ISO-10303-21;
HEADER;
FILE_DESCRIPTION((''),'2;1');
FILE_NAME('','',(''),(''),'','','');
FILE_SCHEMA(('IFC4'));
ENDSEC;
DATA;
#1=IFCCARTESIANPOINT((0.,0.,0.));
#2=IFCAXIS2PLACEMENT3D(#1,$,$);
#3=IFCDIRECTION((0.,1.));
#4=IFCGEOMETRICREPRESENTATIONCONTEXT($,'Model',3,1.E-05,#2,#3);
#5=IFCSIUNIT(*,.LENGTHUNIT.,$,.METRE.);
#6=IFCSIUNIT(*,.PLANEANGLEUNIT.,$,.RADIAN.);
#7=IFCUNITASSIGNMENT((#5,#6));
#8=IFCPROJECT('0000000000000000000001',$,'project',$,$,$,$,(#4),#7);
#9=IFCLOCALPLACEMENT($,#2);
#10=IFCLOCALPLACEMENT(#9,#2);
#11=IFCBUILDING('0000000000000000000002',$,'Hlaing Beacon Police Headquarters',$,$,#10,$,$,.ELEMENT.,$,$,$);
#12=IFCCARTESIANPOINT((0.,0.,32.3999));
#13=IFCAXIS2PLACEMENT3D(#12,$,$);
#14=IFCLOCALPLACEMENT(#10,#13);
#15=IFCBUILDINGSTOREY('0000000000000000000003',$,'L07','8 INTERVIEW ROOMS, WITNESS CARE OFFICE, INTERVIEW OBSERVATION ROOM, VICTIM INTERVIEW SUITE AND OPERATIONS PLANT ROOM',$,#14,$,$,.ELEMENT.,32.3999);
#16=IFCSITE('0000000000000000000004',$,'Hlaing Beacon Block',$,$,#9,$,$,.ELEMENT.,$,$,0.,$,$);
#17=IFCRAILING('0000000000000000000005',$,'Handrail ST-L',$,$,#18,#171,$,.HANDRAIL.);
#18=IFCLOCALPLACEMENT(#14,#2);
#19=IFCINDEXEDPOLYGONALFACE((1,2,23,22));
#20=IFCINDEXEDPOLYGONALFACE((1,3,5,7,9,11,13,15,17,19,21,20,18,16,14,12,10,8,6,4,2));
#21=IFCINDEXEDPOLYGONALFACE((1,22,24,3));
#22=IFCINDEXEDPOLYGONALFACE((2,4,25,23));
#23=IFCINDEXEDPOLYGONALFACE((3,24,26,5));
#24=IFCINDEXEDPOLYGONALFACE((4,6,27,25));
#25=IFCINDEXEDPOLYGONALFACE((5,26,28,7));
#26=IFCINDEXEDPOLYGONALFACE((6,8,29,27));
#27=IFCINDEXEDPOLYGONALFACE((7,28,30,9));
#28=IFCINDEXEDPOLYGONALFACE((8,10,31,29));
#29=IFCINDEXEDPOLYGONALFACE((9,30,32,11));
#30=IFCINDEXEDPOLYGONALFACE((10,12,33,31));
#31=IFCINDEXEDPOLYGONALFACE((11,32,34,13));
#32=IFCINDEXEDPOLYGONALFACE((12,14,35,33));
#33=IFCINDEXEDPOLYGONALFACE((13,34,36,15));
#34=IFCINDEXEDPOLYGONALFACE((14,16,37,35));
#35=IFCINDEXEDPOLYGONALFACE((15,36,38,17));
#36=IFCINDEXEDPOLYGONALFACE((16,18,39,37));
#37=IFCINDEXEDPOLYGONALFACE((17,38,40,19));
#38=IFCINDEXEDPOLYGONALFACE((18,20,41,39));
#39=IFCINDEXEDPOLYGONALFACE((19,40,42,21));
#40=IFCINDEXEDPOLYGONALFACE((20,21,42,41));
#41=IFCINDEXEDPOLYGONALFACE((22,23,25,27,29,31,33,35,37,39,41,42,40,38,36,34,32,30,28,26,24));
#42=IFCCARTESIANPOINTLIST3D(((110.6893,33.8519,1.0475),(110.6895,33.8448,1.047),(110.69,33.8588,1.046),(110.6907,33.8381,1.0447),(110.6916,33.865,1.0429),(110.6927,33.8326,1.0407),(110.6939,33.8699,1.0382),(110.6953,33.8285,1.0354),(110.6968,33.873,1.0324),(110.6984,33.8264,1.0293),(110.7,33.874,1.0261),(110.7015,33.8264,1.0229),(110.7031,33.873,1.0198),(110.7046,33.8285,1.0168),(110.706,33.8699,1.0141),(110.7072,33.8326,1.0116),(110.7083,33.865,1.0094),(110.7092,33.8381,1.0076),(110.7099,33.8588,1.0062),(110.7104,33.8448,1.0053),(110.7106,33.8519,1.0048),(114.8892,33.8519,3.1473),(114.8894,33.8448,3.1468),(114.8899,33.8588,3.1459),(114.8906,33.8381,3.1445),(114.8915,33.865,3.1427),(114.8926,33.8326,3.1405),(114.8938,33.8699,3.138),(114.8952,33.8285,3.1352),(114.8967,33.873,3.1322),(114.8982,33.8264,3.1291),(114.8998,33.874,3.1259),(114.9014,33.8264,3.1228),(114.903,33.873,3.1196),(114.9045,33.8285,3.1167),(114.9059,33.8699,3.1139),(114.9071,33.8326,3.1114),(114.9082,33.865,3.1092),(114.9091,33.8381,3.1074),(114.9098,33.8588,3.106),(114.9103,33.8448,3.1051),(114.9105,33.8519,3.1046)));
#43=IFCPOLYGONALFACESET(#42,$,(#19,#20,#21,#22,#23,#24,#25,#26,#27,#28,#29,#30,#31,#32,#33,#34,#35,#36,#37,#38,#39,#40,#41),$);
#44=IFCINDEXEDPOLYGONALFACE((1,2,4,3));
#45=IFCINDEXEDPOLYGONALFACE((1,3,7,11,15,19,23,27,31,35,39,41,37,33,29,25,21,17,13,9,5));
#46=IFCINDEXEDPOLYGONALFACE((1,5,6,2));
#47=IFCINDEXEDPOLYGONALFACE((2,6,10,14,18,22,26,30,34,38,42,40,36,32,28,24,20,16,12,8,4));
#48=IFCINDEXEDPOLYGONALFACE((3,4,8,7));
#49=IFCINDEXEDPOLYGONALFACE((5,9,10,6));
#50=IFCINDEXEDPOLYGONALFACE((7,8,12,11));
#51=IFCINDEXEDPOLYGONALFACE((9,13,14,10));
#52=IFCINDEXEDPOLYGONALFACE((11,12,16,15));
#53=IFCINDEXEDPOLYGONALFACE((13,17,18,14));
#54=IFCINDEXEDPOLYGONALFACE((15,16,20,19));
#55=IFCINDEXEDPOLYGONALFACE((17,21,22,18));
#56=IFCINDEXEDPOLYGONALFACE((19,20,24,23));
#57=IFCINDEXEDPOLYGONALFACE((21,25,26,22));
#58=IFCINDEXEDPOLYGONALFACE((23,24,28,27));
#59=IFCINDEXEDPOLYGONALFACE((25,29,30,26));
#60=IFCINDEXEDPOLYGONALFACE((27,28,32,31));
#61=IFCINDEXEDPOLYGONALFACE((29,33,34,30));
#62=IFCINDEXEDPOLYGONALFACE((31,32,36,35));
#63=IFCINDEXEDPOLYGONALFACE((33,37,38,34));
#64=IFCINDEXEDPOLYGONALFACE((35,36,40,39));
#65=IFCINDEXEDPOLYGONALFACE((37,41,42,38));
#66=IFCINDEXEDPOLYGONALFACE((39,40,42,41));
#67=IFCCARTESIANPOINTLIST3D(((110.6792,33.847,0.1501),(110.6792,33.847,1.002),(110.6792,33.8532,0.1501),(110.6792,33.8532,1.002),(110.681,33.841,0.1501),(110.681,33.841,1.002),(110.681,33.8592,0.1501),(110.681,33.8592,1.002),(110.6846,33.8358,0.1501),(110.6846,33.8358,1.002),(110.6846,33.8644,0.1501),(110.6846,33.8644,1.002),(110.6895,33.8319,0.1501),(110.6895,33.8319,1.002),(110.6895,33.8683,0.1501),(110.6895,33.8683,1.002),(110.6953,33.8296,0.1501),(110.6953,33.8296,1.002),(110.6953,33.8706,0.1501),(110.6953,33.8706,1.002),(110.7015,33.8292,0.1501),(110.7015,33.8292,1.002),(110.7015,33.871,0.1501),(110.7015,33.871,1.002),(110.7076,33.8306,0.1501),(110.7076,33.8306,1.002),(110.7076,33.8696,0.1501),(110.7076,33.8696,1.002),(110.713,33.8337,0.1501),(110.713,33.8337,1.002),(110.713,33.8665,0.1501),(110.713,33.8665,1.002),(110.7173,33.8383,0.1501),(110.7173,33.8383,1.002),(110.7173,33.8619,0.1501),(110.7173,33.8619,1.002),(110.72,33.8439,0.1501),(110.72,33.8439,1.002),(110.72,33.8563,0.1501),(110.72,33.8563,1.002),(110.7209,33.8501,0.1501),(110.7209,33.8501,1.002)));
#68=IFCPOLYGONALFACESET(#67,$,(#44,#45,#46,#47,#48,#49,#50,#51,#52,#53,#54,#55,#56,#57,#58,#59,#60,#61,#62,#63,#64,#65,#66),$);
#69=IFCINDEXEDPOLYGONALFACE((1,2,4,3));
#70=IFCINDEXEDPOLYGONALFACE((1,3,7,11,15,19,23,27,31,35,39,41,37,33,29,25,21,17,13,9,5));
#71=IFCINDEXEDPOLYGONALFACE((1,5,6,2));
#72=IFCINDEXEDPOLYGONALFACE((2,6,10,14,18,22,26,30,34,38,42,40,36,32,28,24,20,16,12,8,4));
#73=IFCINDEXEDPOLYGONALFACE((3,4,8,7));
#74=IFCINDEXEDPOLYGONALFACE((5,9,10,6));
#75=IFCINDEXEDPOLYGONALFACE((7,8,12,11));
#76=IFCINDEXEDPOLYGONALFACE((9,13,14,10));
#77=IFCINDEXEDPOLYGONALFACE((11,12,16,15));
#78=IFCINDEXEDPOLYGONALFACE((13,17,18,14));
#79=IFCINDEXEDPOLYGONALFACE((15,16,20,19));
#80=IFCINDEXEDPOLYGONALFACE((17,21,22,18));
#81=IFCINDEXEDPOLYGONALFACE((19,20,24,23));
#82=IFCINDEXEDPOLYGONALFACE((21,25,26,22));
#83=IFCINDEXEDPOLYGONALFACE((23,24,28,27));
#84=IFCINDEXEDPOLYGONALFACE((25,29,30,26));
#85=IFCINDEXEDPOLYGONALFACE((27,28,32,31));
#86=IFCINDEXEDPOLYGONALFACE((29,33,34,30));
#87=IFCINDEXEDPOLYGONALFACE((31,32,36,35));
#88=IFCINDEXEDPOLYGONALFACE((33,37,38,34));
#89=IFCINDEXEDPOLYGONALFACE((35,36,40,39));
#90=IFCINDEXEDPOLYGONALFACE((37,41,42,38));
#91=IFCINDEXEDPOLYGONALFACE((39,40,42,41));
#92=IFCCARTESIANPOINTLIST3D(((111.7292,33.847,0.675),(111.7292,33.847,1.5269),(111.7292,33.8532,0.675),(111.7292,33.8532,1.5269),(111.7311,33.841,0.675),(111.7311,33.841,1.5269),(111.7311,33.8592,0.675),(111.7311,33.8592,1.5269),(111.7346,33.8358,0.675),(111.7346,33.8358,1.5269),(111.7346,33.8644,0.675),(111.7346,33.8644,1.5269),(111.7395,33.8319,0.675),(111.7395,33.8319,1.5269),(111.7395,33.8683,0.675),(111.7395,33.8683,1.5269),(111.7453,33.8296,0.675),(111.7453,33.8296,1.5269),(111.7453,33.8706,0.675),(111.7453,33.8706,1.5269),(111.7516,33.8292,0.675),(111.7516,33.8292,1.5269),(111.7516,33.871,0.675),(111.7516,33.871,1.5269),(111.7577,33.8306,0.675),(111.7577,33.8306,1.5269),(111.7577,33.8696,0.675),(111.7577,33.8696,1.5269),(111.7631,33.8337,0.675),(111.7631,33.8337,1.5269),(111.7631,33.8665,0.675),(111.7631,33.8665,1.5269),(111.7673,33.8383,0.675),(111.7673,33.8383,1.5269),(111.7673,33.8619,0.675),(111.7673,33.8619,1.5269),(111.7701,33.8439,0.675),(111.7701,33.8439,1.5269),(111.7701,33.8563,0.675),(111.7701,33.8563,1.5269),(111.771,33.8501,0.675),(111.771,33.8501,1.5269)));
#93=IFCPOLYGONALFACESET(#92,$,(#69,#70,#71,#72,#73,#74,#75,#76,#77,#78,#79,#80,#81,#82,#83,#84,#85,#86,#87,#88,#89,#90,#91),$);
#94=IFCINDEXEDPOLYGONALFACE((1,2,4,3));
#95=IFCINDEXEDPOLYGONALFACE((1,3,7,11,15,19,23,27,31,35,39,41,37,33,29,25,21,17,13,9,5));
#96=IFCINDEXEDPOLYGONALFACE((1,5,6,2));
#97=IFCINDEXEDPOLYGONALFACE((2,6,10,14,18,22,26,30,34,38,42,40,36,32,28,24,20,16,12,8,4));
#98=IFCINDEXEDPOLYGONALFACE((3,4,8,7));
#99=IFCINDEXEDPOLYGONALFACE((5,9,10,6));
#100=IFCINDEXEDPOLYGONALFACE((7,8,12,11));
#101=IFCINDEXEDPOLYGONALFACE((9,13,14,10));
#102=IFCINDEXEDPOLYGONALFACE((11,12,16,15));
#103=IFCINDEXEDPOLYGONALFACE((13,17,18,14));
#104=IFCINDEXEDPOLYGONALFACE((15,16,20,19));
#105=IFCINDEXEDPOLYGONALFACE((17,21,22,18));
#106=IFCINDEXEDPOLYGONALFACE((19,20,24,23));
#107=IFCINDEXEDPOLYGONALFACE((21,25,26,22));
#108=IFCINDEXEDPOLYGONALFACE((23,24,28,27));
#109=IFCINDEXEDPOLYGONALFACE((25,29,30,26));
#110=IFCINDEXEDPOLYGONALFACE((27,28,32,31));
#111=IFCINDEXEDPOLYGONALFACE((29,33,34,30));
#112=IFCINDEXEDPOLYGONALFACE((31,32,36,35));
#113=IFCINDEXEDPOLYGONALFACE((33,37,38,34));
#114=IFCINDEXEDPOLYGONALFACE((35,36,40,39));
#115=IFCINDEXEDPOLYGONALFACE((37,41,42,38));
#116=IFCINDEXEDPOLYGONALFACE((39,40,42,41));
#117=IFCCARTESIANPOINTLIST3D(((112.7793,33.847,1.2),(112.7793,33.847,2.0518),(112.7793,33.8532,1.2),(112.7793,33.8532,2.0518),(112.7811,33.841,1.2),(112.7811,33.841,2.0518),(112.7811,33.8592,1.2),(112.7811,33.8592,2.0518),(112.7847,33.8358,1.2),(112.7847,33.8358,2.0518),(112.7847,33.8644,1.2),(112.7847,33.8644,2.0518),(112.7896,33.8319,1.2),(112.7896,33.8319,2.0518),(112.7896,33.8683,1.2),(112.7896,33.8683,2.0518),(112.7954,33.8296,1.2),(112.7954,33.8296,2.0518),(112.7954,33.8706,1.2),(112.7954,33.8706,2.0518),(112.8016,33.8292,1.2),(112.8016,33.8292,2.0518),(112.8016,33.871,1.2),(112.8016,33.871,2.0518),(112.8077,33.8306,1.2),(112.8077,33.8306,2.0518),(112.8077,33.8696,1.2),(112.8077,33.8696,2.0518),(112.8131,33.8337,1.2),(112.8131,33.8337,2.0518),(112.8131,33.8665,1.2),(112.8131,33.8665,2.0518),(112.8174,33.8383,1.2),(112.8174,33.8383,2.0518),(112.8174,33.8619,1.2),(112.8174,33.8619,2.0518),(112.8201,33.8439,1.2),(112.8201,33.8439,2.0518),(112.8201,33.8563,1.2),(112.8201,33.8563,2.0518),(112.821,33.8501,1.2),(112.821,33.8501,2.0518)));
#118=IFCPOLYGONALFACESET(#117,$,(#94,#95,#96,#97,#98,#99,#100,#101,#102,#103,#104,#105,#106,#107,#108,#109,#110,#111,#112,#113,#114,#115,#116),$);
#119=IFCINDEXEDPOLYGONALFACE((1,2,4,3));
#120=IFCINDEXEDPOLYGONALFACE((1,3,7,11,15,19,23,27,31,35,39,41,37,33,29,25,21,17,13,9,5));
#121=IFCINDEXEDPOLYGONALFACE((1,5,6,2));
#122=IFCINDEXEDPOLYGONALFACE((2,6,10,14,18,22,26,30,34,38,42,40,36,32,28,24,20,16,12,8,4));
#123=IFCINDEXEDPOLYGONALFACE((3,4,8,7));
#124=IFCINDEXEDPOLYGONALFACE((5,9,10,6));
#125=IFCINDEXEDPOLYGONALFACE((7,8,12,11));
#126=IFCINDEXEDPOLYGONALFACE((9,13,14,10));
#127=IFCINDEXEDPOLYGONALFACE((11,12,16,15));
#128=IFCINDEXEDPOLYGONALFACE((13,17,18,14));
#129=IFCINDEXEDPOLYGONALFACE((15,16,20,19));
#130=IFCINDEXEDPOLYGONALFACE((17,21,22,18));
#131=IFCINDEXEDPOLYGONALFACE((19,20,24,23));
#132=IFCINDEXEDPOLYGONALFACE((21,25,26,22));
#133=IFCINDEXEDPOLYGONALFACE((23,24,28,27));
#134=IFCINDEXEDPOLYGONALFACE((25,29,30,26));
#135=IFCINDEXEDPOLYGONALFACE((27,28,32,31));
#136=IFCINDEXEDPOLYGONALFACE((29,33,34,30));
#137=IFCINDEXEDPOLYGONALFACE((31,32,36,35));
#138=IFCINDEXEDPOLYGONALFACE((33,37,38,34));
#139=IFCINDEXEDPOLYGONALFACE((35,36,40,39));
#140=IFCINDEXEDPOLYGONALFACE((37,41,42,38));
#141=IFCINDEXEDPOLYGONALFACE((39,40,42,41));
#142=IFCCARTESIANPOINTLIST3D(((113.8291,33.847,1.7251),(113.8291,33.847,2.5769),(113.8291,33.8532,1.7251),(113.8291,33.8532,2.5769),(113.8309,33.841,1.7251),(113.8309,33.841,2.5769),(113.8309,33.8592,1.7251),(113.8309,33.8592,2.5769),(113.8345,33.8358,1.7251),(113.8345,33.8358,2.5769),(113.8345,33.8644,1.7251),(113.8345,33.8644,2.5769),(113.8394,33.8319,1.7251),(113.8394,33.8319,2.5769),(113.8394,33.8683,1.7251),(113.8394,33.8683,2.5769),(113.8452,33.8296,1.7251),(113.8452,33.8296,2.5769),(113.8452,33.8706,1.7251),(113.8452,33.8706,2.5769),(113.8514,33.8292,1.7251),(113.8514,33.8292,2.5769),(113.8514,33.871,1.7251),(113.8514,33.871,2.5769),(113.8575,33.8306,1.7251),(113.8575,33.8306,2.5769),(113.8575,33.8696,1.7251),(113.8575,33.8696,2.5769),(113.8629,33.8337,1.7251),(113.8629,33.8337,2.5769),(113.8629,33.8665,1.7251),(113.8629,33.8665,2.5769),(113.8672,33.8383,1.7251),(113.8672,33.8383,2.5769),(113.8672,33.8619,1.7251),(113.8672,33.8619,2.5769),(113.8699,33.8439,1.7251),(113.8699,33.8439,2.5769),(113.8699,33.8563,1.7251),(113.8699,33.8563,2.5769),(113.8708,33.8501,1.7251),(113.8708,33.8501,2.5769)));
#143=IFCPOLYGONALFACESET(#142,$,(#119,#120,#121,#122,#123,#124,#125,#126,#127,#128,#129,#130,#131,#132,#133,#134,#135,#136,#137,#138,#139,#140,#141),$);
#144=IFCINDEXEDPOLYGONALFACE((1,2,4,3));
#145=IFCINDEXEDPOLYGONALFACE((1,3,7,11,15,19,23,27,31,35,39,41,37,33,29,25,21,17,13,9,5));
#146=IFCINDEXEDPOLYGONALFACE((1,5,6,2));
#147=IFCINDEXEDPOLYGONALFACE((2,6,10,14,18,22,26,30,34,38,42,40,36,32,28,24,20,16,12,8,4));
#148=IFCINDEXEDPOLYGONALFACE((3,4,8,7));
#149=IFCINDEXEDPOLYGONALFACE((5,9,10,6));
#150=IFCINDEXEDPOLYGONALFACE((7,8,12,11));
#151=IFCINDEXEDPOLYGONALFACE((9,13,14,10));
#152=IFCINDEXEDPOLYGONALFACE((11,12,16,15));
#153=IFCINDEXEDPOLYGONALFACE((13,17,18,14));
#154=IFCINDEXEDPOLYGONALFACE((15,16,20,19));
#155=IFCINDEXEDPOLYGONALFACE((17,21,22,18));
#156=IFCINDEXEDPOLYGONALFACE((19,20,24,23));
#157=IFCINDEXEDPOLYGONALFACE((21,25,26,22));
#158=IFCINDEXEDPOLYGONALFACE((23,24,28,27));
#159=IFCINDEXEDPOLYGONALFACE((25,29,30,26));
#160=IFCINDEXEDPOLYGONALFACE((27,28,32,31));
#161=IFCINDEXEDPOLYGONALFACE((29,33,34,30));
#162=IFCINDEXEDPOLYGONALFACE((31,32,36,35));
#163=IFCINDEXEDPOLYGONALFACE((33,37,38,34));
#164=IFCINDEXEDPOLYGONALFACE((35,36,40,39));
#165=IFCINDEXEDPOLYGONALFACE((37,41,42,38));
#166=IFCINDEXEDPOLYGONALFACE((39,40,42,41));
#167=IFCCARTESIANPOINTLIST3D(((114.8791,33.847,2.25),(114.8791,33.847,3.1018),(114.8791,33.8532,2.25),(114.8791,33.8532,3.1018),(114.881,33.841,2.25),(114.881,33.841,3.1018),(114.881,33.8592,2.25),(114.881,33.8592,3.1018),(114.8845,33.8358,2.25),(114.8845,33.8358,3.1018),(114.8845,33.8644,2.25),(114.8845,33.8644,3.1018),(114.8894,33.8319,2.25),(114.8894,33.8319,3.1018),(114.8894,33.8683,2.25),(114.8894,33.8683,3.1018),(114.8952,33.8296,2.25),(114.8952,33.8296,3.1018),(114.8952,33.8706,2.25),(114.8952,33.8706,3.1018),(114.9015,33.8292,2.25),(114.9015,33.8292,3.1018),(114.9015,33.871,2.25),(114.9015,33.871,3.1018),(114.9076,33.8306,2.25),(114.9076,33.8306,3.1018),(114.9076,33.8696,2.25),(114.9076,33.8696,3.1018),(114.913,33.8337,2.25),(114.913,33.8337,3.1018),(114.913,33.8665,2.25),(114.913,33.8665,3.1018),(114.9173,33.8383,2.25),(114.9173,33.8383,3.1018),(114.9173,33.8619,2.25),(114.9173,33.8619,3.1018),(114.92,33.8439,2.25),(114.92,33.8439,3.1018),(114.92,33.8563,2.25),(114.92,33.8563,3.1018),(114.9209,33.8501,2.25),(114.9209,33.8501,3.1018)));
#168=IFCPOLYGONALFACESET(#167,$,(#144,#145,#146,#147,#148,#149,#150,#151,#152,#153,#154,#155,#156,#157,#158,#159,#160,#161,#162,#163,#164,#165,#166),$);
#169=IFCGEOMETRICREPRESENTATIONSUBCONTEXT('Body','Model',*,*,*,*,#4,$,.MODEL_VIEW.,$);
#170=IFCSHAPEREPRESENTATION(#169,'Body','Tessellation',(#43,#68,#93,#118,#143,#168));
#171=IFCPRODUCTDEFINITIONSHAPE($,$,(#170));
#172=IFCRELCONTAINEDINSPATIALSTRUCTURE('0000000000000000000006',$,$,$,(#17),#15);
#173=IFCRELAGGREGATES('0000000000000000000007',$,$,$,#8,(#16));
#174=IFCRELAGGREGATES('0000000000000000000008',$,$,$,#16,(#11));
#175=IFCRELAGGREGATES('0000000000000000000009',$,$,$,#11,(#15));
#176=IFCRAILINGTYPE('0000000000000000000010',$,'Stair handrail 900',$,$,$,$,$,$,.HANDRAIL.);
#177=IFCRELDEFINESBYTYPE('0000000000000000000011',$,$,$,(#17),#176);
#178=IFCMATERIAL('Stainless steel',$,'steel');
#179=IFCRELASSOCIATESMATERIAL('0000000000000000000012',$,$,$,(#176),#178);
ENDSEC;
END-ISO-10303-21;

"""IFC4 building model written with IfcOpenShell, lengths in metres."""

from ifc_helpers import new_model, si_unit, direction, frame, origin, origin_2d, place, context, subcontext, project, spatial, circle, extrude, material, type_object, element, save


model = new_model("IFC4")

# Units and contexts
model_context = context("Model", 3, precision=1e-05, world=origin(), true_north=direction((0.0, 1.0)))
body_context = subcontext(model_context, "Body", "Model", "MODEL_VIEW")
ifc_project = project(units=[si_unit("LENGTHUNIT", "METRE"), si_unit("PLANEANGLEUNIT", "RADIAN")], contexts=[model_context])

# Site, building, storey
site_placement = place(None, origin())
site = spatial("IfcSite", under=ifc_project, at=site_placement, Name="Hlaing Beacon Block", CompositionType="ELEMENT", RefElevation=0.0)
building_placement = place(site_placement, origin())
building = spatial("IfcBuilding", under=site, at=building_placement, Name="Hlaing Beacon Police Headquarters", CompositionType="ELEMENT")
storey_placement = place(building_placement, frame((0.0, 0.0, 32.3999)))
storey = spatial("IfcBuildingStorey", under=building, at=storey_placement, Name="L07", Description="8 INTERVIEW ROOMS, WITNESS CARE OFFICE, INTERVIEW OBSERVATION ROOM, VICTIM INTERVIEW SUITE AND OPERATIONS PLANT ROOM", CompositionType="ELEMENT", Elevation=32.3999)

# Railing
ifc_material_1 = material(Name="Stainless steel", Category="steel")
railing_type = type_object("IfcRailingType", Name="Stair handrail 900", PredefinedType="HANDRAIL", material=ifc_material_1)
for number, where, name in (
    (1, (110.7, 33.8501, 0.1501), "Handrail ST-L"),
):
    element("IfcRailing", number, at=place(storey_placement, frame(where)), inside=storey, type_object=railing_type, Name=name, PredefinedType="HANDRAIL", context=body_context, shape_type="SweptSolid", body=[
        extrude(circle(Radius=0.0239, at=origin_2d()), frame((0.0, 0.0, 0.876), z_axis=(0.894438, 0.0, 0.447193), x_axis=(0.0, 1.0, 0.0)), (0.0, 0.0, 1.0), 4.6956),
        extrude(circle(Radius=0.021, at=origin_2d()), origin(), (0.0, 0.0, 1.0), 0.8518),
        extrude(circle(Radius=0.021, at=origin_2d()), frame((1.05, 0.0, 0.5249)), (0.0, 0.0, 1.0), 0.8518),
        extrude(circle(Radius=0.021, at=origin_2d()), frame((2.1001, 0.0, 1.0498)), (0.0, 0.0, 1.0), 0.8518),
        extrude(circle(Radius=0.021, at=origin_2d()), frame((3.1499, 0.0, 1.575)), (0.0, 0.0, 1.0), 0.8518),
        extrude(circle(Radius=0.021, at=origin_2d()), frame((4.2, 0.0, 2.0999)), (0.0, 0.0, 1.0), 0.8518),
    ])

save(model, "model.ifc")
